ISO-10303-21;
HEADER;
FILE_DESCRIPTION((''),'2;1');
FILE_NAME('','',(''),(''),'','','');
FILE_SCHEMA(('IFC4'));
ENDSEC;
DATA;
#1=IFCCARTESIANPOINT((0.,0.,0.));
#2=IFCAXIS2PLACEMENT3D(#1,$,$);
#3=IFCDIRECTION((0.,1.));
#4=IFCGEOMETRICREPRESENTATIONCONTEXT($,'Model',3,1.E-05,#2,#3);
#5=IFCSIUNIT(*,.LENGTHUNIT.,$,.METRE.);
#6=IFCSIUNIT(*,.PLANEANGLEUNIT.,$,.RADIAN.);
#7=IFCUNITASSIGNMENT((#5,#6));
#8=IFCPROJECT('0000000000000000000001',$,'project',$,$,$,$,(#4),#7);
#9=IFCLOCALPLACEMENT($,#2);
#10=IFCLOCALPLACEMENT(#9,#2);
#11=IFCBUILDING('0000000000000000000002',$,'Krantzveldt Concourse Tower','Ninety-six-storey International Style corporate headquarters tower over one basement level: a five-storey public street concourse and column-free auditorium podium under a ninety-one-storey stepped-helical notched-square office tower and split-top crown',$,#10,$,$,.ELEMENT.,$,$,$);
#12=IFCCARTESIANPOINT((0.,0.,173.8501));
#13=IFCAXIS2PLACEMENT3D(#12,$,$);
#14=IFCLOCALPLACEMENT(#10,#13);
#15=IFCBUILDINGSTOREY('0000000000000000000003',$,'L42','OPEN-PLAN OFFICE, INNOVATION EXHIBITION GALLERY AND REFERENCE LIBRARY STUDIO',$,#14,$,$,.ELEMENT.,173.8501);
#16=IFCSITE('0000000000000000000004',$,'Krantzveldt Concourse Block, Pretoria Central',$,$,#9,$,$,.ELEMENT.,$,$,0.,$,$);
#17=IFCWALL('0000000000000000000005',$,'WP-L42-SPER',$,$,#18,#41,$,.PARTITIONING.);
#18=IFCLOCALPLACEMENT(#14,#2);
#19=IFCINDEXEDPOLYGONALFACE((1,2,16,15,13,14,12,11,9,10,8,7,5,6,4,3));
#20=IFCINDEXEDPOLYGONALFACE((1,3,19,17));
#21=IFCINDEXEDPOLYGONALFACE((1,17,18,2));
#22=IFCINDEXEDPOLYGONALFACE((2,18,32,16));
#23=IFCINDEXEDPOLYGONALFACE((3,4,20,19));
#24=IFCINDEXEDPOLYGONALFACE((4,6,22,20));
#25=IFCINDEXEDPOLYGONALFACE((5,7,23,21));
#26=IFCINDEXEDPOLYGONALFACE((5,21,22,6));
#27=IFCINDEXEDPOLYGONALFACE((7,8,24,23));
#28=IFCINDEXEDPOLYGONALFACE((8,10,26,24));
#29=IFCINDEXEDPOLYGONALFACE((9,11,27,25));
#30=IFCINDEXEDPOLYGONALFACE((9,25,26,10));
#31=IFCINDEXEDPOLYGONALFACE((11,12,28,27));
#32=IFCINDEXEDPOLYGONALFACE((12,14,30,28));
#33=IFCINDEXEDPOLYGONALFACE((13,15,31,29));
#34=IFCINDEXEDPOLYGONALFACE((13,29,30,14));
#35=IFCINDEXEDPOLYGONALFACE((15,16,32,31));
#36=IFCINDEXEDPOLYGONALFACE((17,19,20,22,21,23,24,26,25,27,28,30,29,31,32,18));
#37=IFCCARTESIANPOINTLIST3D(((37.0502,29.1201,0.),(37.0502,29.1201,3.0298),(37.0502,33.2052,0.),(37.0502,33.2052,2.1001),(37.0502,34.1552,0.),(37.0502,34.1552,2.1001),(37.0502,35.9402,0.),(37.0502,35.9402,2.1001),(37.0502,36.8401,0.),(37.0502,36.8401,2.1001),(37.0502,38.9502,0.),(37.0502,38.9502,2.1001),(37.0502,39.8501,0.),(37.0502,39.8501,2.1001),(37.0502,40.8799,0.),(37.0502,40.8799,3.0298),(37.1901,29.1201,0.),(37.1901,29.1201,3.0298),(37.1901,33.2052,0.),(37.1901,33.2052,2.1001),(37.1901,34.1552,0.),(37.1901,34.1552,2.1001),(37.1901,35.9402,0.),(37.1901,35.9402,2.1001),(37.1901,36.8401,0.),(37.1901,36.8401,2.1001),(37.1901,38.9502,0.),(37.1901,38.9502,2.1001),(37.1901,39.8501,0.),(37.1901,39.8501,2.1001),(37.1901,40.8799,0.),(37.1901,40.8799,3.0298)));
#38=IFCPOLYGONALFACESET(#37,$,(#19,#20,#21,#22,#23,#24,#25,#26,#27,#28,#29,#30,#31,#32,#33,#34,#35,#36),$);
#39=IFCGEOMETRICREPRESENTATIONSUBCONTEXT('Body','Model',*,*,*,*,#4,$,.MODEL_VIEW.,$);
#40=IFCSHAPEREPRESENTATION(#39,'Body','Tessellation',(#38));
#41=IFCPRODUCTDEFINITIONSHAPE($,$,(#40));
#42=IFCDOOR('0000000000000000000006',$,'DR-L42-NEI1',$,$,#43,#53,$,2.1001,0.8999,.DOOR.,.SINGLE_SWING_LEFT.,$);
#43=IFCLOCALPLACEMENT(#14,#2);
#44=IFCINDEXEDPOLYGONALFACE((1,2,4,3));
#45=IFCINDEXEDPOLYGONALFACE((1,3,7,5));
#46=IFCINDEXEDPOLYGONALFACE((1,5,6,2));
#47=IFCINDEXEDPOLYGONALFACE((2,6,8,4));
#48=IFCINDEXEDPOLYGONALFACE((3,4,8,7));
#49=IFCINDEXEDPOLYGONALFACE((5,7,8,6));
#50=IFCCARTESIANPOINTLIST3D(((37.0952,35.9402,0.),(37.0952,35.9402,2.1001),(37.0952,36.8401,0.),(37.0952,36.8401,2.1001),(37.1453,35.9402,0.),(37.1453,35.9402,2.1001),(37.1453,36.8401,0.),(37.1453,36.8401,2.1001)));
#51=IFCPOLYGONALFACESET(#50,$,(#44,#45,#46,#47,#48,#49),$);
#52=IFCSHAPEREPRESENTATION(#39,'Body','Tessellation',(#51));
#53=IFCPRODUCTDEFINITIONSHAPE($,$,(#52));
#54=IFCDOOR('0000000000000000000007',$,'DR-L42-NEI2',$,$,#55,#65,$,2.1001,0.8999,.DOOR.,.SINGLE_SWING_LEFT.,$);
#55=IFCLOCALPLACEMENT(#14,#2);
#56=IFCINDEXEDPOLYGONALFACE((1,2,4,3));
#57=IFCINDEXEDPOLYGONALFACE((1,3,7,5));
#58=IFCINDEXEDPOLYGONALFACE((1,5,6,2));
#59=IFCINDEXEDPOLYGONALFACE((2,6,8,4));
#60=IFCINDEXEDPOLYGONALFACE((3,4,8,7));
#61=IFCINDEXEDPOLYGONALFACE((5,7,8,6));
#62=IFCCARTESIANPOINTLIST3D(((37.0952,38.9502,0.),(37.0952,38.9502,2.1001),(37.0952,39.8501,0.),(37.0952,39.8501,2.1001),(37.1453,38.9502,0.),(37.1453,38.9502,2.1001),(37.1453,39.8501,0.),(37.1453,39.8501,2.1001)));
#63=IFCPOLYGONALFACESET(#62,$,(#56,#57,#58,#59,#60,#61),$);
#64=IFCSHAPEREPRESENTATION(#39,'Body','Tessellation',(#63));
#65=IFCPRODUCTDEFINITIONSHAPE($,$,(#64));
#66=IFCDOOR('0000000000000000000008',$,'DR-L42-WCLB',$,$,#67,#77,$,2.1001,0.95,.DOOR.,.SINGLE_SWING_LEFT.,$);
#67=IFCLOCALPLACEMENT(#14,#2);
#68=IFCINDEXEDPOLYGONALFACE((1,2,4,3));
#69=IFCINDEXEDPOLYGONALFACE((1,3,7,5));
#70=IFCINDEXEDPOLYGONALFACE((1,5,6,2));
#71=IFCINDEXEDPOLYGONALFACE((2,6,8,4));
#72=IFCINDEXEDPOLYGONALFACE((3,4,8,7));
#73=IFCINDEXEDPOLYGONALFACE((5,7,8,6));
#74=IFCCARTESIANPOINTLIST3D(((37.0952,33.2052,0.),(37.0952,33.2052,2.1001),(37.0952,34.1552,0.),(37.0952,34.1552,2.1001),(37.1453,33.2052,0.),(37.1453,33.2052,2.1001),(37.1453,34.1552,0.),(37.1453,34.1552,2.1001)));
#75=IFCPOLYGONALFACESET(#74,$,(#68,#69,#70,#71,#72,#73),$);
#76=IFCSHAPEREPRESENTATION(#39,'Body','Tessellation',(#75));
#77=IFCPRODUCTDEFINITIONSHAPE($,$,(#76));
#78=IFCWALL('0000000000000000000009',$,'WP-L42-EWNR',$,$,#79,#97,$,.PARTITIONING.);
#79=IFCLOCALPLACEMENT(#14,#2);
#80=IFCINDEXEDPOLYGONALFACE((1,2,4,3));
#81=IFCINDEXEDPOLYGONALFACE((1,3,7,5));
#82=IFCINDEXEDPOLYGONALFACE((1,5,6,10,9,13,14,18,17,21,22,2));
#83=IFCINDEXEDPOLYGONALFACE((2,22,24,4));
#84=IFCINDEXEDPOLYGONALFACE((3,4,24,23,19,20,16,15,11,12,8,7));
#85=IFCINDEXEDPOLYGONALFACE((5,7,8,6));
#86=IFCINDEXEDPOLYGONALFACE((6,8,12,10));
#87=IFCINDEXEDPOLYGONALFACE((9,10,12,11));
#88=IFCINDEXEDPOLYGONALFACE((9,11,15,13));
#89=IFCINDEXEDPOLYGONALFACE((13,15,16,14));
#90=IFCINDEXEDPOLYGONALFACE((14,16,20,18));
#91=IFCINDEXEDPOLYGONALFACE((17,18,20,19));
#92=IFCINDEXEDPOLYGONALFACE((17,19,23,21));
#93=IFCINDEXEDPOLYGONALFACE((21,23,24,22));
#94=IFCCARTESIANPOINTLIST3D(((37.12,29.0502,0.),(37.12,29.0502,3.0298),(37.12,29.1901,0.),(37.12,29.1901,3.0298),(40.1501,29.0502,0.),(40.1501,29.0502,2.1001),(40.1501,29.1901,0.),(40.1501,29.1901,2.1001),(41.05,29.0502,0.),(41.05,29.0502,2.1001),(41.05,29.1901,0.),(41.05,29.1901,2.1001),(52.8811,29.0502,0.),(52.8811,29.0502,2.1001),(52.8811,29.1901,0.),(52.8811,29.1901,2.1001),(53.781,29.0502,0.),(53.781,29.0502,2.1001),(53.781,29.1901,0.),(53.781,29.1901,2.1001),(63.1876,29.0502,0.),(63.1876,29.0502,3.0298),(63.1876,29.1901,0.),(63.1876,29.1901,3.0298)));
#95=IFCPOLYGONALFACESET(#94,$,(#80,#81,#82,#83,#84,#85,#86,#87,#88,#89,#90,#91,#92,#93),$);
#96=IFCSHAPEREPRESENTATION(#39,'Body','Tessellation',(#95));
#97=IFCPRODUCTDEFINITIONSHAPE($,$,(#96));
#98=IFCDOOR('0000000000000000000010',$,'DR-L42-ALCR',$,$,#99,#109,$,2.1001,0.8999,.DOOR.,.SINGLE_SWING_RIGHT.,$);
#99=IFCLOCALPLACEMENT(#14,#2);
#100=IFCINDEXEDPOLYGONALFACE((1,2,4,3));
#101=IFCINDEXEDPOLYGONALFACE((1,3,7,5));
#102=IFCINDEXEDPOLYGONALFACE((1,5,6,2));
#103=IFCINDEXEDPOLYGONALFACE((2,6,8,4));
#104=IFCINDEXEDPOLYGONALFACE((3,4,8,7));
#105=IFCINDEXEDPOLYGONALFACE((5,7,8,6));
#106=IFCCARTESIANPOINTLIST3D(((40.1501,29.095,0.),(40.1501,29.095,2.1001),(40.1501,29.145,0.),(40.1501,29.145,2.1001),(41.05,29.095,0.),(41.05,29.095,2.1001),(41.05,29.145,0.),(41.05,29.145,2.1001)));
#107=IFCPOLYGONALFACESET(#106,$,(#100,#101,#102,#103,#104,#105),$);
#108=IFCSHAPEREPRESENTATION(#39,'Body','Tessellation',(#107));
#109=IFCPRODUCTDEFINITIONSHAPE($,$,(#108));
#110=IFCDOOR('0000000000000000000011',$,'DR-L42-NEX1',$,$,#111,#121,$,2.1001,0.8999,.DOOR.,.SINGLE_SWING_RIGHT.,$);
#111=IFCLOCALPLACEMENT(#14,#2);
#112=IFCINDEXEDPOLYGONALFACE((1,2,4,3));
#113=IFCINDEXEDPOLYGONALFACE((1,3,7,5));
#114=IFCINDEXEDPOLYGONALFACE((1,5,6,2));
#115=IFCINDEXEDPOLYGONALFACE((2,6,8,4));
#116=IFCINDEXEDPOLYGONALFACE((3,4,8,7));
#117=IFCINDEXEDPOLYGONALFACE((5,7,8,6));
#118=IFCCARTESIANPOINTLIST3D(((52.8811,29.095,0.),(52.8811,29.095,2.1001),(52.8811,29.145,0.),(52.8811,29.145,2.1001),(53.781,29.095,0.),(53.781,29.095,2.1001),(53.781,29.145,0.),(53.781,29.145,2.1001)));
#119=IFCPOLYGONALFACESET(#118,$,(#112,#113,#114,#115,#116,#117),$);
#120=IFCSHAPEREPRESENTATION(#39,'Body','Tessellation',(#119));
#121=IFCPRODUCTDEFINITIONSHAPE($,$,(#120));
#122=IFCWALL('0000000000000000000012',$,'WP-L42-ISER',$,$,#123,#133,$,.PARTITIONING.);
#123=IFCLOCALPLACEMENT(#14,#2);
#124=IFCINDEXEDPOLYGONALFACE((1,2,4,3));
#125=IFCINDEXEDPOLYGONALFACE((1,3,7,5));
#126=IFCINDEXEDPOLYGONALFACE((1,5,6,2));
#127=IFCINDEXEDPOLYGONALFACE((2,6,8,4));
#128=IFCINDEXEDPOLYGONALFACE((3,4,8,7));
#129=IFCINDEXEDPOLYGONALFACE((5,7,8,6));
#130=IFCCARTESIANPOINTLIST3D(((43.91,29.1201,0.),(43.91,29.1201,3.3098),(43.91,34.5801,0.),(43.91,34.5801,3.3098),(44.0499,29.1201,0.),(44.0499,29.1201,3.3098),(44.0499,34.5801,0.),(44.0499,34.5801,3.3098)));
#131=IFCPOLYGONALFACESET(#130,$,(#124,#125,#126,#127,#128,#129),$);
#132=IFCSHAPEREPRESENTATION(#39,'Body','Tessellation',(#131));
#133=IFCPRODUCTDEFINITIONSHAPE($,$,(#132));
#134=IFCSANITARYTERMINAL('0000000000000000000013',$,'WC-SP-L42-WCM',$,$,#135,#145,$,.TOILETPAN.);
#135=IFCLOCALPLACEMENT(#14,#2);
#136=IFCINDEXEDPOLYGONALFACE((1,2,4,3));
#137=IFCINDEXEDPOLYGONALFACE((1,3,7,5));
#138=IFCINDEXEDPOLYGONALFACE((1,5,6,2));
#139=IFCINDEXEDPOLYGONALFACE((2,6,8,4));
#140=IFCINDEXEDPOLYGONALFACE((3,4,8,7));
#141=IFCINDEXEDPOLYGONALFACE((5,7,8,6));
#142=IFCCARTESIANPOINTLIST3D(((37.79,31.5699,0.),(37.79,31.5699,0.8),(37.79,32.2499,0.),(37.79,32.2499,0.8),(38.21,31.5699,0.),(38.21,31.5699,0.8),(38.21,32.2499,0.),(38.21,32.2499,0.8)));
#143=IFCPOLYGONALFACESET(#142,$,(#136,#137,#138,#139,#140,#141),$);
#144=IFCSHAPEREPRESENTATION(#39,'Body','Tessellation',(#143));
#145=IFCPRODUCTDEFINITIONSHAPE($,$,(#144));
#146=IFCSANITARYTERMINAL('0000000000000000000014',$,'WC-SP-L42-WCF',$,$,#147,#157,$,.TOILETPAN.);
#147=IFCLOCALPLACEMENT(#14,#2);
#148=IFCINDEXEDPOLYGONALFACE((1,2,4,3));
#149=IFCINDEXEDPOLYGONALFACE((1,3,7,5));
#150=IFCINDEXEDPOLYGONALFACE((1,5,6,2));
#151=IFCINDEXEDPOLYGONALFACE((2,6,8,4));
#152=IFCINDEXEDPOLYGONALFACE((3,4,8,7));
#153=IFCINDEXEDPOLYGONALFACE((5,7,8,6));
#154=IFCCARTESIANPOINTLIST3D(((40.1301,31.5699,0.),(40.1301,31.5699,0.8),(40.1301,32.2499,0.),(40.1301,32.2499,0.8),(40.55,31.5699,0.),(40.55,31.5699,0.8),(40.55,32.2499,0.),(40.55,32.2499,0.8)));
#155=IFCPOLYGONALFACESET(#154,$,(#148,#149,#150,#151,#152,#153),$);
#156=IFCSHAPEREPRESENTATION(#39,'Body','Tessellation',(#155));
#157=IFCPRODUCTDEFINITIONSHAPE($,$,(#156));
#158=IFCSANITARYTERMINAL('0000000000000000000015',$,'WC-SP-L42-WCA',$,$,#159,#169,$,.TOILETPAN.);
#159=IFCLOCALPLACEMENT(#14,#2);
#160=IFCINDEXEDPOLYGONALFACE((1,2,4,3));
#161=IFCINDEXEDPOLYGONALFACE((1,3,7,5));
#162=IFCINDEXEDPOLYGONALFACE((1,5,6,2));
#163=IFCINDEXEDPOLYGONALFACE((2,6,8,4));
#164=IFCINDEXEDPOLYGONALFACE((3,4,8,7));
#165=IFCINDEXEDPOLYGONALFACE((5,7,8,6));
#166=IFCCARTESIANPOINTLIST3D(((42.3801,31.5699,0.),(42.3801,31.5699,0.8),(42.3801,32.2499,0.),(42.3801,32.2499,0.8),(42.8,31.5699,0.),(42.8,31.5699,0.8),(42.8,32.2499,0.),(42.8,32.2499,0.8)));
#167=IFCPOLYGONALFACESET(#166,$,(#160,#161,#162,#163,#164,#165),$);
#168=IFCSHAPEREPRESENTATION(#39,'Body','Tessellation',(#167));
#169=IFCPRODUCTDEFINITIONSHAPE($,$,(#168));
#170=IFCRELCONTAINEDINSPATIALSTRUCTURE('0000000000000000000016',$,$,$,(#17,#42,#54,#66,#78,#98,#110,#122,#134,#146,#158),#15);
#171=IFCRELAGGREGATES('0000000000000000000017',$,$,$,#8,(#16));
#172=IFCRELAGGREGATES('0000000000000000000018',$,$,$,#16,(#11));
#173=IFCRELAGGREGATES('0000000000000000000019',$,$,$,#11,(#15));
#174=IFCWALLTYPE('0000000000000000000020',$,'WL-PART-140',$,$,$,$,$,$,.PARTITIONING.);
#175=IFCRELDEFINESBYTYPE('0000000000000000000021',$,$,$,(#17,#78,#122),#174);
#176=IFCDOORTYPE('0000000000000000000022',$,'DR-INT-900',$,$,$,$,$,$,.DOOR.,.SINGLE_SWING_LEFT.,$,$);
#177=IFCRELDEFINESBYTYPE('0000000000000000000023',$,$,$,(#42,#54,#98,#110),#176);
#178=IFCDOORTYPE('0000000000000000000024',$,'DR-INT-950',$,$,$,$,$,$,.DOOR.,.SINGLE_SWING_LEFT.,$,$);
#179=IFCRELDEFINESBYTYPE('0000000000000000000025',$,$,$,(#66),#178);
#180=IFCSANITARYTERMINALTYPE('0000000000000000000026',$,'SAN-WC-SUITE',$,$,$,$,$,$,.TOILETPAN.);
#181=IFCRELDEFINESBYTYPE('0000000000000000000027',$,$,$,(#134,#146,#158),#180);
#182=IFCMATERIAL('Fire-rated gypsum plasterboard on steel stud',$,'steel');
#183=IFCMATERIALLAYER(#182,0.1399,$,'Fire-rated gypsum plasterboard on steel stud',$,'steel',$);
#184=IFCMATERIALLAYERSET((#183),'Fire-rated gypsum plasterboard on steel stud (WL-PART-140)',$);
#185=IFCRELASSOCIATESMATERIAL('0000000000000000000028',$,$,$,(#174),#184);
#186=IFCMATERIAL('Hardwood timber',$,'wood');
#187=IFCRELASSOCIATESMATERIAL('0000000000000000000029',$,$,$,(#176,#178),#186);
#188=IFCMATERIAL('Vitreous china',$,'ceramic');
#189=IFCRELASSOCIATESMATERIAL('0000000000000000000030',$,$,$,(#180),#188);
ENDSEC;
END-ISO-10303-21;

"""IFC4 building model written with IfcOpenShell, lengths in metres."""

from ifc_helpers import new_model, si_unit, direction, frame, frame_2d, origin, origin_2d, place, context, subcontext, project, spatial, rectangle, extrude, source, transform, mapped, material, layer, layer_set, type_object, type_shapes, element, fill, save


model = new_model("IFC4")

# Units and contexts
model_context = context("Model", 3, precision=1e-05, world=origin(), true_north=direction((0.0, 1.0)))
body_context = subcontext(model_context, "Body", "Model", "MODEL_VIEW")
ifc_project = project(units=[si_unit("LENGTHUNIT", "METRE"), si_unit("PLANEANGLEUNIT", "RADIAN")], contexts=[model_context])

# Site, building, storey
site_placement = place(None, origin())
site = spatial("IfcSite", under=ifc_project, at=site_placement, Name="Krantzveldt Concourse Block, Pretoria Central", CompositionType="ELEMENT", RefElevation=0.0)
building_placement = place(site_placement, origin())
building = spatial("IfcBuilding", under=site, at=building_placement, Name="Krantzveldt Concourse Tower", Description="Ninety-six-storey International Style corporate headquarters tower over one basement level: a five-storey public street concourse and column-free auditorium podium under a ninety-one-storey stepped-helical notched-square office tower and split-top crown", CompositionType="ELEMENT")
storey_placement = place(building_placement, frame((0.0, 0.0, 173.8501)))
storey = spatial("IfcBuildingStorey", under=building, at=storey_placement, Name="L42", Description="OPEN-PLAN OFFICE, INNOVATION EXHIBITION GALLERY AND REFERENCE LIBRARY STUDIO", CompositionType="ELEMENT", Elevation=173.8501)

# Shared definitions
ifc_material_1 = material(Name="Fire-rated gypsum plasterboard on steel stud", Category="steel")

# Walls, openings, doors
ifc_layer_1 = layer(ifc_material_1, 0.1399, Name="Fire-rated gypsum plasterboard on steel stud", Category="steel")
ifc_layer_set_1 = layer_set([ifc_layer_1], Name="Fire-rated gypsum plasterboard on steel stud (WL-PART-140)")
wall_type_1 = type_object("IfcWallType", Name="WL-PART-140", PredefinedType="PARTITIONING", material=ifc_layer_set_1)
wall_1_placement = place(storey_placement, frame((37.1201, 29.1201, 0.0), z_axis=(0.0, 0.0, 1.0), x_axis=(0.0, 1.0, 0.0)))
wall_1 = element("IfcWall", 1, at=wall_1_placement, inside=storey, type_object=wall_type_1, Name="WP-L42-SPER", PredefinedType="PARTITIONING", context=body_context, shape_type="SweptSolid", body=[
    extrude(rectangle(XDim=11.7598, YDim=0.1399, at=frame_2d((5.8799, 0.0))), origin(), (0.0, 0.0, 1.0), 3.0298),
])
opening_1_placement = place(wall_1_placement, frame((4.085, 0.0, 0.0)))
opening_1 = element("IfcOpeningElement", 2, at=opening_1_placement, cuts=wall_1, PredefinedType="OPENING", context=body_context, shape_type="SweptSolid", body=[
    extrude(rectangle(XDim=0.95, YDim=2.1001, at=frame_2d((0.4751, 1.05))), frame((0.0, 0.0801, 0.0), z_axis=(0.0, -1.0, 0.0), x_axis=(1.0, 0.0, 0.0)), (0.0, 0.0, 1.0), 0.1599),
])
opening_2_placement = place(wall_1_placement, frame((6.8201, 0.0, 0.0)))
opening_2 = element("IfcOpeningElement", 3, at=opening_2_placement, cuts=wall_1, PredefinedType="OPENING", context=body_context, shape_type="SweptSolid", body=[
    extrude(rectangle(XDim=0.8999, YDim=2.1001, at=frame_2d((0.45, 1.05))), frame((0.0, 0.0801, 0.0), z_axis=(0.0, -1.0, 0.0), x_axis=(1.0, 0.0, 0.0)), (0.0, 0.0, 1.0), 0.1599),
])
opening_3_placement = place(wall_1_placement, frame((9.8301, 0.0, 0.0)))
opening_3 = element("IfcOpeningElement", 4, at=opening_3_placement, cuts=wall_1, PredefinedType="OPENING", context=body_context, shape_type="SweptSolid", body=[
    extrude(rectangle(XDim=0.8999, YDim=2.1001, at=frame_2d((0.45, 1.05))), frame((0.0, 0.0801, 0.0), z_axis=(0.0, -1.0, 0.0), x_axis=(1.0, 0.0, 0.0)), (0.0, 0.0, 1.0), 0.1599),
])
ifc_material_2 = material(Name="Hardwood timber", Category="wood")
door_type_1 = type_object("IfcDoorType", Name="DR-INT-900", OperationType="SINGLE_SWING_LEFT", PredefinedType="DOOR", material=ifc_material_2)
door_1_placement = place(opening_2_placement, origin())
door_1 = element("IfcDoor", 5, at=door_1_placement, inside=storey, type_object=door_type_1, Name="DR-L42-NEI1", OperationType="SINGLE_SWING_LEFT", OverallHeight=2.1001, OverallWidth=0.8999, PredefinedType="DOOR", context=body_context, shape_type="SweptSolid", body=[
    extrude(rectangle(XDim=0.8999, YDim=2.1001, at=frame_2d((0.45, 1.05))), frame((0.0, 0.0249, 0.0), z_axis=(0.0, -1.0, 0.0), x_axis=(1.0, 0.0, 0.0)), (0.0, 0.0, 1.0), 0.05),
])
fill(opening_2, door_1)
door_2_placement = place(opening_3_placement, origin())
door_2 = element("IfcDoor", 6, at=door_2_placement, inside=storey, type_object=door_type_1, Name="DR-L42-NEI2", OperationType="SINGLE_SWING_LEFT", OverallHeight=2.1001, OverallWidth=0.8999, PredefinedType="DOOR", context=body_context, shape_type="SweptSolid", body=[
    extrude(rectangle(XDim=0.8999, YDim=2.1001, at=frame_2d((0.45, 1.05))), frame((0.0, 0.0249, 0.0), z_axis=(0.0, -1.0, 0.0), x_axis=(1.0, 0.0, 0.0)), (0.0, 0.0, 1.0), 0.05),
])
fill(opening_3, door_2)
door_type_2 = type_object("IfcDoorType", Name="DR-INT-950", OperationType="SINGLE_SWING_LEFT", PredefinedType="DOOR", material=ifc_material_2)
door_3_placement = place(opening_1_placement, origin())
door_3 = element("IfcDoor", 7, at=door_3_placement, inside=storey, type_object=door_type_2, Name="DR-L42-WCLB", OperationType="SINGLE_SWING_LEFT", OverallHeight=2.1001, OverallWidth=0.95, PredefinedType="DOOR", context=body_context, shape_type="SweptSolid", body=[
    extrude(rectangle(XDim=0.95, YDim=2.1001, at=frame_2d((0.4751, 1.05))), frame((0.0, 0.0249, 0.0), z_axis=(0.0, -1.0, 0.0), x_axis=(1.0, 0.0, 0.0)), (0.0, 0.0, 1.0), 0.05),
])
fill(opening_1, door_3)
wall_2_placement = place(storey_placement, frame((37.1201, 29.1201, 0.0), z_axis=(0.0, 0.0, 1.0), x_axis=(1.0, 0.0, 0.0)))
wall_2 = element("IfcWall", 8, at=wall_2_placement, inside=storey, type_object=wall_type_1, Name="WP-L42-EWNR", PredefinedType="PARTITIONING", context=body_context, shape_type="SweptSolid", body=[
    extrude(rectangle(XDim=26.0676, YDim=0.1399, at=frame_2d((13.0337, 0.0))), origin(), (0.0, 0.0, 1.0), 3.0298),
])
opening_4_placement = place(wall_2_placement, frame((3.03, 0.0, 0.0)))
opening_4 = element("IfcOpeningElement", 9, at=opening_4_placement, cuts=wall_2, PredefinedType="OPENING", context=body_context, shape_type="SweptSolid", body=[
    extrude(rectangle(XDim=0.8999, YDim=2.1001, at=frame_2d((0.45, 1.05))), frame((0.0, 0.0801, 0.0), z_axis=(0.0, -1.0, 0.0), x_axis=(1.0, 0.0, 0.0)), (0.0, 0.0, 1.0), 0.1599),
])
opening_5_placement = place(wall_2_placement, frame((15.761, 0.0, 0.0)))
opening_5 = element("IfcOpeningElement", 10, at=opening_5_placement, cuts=wall_2, PredefinedType="OPENING", context=body_context, shape_type="SweptSolid", body=[
    extrude(rectangle(XDim=0.8999, YDim=2.1001, at=frame_2d((0.45, 1.05))), frame((0.0, 0.0801, 0.0), z_axis=(0.0, -1.0, 0.0), x_axis=(1.0, 0.0, 0.0)), (0.0, 0.0, 1.0), 0.1599),
])
door_4_placement = place(opening_4_placement, origin())
door_4 = element("IfcDoor", 11, at=door_4_placement, inside=storey, type_object=door_type_1, Name="DR-L42-ALCR", OperationType="SINGLE_SWING_RIGHT", OverallHeight=2.1001, OverallWidth=0.8999, PredefinedType="DOOR", context=body_context, shape_type="SweptSolid", body=[
    extrude(rectangle(XDim=0.8999, YDim=2.1001, at=frame_2d((0.45, 1.05))), frame((0.0, 0.0249, 0.0), z_axis=(0.0, -1.0, 0.0), x_axis=(1.0, 0.0, 0.0)), (0.0, 0.0, 1.0), 0.05),
])
fill(opening_4, door_4)
door_5_placement = place(opening_5_placement, origin())
door_5 = element("IfcDoor", 12, at=door_5_placement, inside=storey, type_object=door_type_1, Name="DR-L42-NEX1", OperationType="SINGLE_SWING_RIGHT", OverallHeight=2.1001, OverallWidth=0.8999, PredefinedType="DOOR", context=body_context, shape_type="SweptSolid", body=[
    extrude(rectangle(XDim=0.8999, YDim=2.1001, at=frame_2d((0.45, 1.05))), frame((0.0, 0.0249, 0.0), z_axis=(0.0, -1.0, 0.0), x_axis=(1.0, 0.0, 0.0)), (0.0, 0.0, 1.0), 0.05),
])
fill(opening_5, door_5)

# Wall
wall_3_placement = place(storey_placement, frame((43.98, 29.1201, 0.0), z_axis=(0.0, 0.0, 1.0), x_axis=(0.0, 1.0, 0.0)))
element("IfcWall", 13, at=wall_3_placement, inside=storey, type_object=wall_type_1, Name="WP-L42-ISER", PredefinedType="PARTITIONING", context=body_context, shape_type="SweptSolid", body=[
    extrude(rectangle(XDim=5.46, YDim=0.1399, at=frame_2d((2.73, 0.0))), origin(), (0.0, 0.0, 1.0), 3.3098),
])

# Sanitary terminals
ifc_material_3 = material(Name="Vitreous china", Category="ceramic")
sanitary_terminal_type_1 = type_object("IfcSanitaryTerminalType", Name="SAN-WC-SUITE", PredefinedType="TOILETPAN", material=ifc_material_3)
shared_shape_1 = source(origin(), body_context, "Body", "SweptSolid", [
    extrude(rectangle(XDim=0.4199, YDim=0.6799, at=origin_2d()), origin(), (0.0, 0.0, 1.0), 0.8),
])
type_shapes(sanitary_terminal_type_1, [shared_shape_1])
for number, where, z_axis, x_axis, name in (
    (14, (38.0, 31.9099, 0.0), (0.0, 0.0, 1.0), (1.0, 0.0, 0.0), "WC-SP-L42-WCM"),
    (15, (40.3401, 31.9099, 0.0), (0.0, 0.0, 1.0), (1.0, 0.0, 0.0), "WC-SP-L42-WCF"),
    (16, (42.5901, 31.9099, 0.0), (0.0, 0.0, 1.0), (1.0, 0.0, 0.0), "WC-SP-L42-WCA"),
):
    element("IfcSanitaryTerminal", number, at=place(storey_placement, frame(where, z_axis=z_axis, x_axis=x_axis)), inside=storey, type_object=sanitary_terminal_type_1, Name=name, PredefinedType="TOILETPAN", context=body_context, shape_type="MappedRepresentation", body=[
        mapped(shared_shape_1, transform((0.0, 0.0, 0.0), x_axis=(1.0, 0.0, 0.0), y_axis=(0.0, 1.0, 0.0), z_axis=(0.0, 0.0, 1.0), scale=1.0)),
    ])

save(model, "model.ifc")
